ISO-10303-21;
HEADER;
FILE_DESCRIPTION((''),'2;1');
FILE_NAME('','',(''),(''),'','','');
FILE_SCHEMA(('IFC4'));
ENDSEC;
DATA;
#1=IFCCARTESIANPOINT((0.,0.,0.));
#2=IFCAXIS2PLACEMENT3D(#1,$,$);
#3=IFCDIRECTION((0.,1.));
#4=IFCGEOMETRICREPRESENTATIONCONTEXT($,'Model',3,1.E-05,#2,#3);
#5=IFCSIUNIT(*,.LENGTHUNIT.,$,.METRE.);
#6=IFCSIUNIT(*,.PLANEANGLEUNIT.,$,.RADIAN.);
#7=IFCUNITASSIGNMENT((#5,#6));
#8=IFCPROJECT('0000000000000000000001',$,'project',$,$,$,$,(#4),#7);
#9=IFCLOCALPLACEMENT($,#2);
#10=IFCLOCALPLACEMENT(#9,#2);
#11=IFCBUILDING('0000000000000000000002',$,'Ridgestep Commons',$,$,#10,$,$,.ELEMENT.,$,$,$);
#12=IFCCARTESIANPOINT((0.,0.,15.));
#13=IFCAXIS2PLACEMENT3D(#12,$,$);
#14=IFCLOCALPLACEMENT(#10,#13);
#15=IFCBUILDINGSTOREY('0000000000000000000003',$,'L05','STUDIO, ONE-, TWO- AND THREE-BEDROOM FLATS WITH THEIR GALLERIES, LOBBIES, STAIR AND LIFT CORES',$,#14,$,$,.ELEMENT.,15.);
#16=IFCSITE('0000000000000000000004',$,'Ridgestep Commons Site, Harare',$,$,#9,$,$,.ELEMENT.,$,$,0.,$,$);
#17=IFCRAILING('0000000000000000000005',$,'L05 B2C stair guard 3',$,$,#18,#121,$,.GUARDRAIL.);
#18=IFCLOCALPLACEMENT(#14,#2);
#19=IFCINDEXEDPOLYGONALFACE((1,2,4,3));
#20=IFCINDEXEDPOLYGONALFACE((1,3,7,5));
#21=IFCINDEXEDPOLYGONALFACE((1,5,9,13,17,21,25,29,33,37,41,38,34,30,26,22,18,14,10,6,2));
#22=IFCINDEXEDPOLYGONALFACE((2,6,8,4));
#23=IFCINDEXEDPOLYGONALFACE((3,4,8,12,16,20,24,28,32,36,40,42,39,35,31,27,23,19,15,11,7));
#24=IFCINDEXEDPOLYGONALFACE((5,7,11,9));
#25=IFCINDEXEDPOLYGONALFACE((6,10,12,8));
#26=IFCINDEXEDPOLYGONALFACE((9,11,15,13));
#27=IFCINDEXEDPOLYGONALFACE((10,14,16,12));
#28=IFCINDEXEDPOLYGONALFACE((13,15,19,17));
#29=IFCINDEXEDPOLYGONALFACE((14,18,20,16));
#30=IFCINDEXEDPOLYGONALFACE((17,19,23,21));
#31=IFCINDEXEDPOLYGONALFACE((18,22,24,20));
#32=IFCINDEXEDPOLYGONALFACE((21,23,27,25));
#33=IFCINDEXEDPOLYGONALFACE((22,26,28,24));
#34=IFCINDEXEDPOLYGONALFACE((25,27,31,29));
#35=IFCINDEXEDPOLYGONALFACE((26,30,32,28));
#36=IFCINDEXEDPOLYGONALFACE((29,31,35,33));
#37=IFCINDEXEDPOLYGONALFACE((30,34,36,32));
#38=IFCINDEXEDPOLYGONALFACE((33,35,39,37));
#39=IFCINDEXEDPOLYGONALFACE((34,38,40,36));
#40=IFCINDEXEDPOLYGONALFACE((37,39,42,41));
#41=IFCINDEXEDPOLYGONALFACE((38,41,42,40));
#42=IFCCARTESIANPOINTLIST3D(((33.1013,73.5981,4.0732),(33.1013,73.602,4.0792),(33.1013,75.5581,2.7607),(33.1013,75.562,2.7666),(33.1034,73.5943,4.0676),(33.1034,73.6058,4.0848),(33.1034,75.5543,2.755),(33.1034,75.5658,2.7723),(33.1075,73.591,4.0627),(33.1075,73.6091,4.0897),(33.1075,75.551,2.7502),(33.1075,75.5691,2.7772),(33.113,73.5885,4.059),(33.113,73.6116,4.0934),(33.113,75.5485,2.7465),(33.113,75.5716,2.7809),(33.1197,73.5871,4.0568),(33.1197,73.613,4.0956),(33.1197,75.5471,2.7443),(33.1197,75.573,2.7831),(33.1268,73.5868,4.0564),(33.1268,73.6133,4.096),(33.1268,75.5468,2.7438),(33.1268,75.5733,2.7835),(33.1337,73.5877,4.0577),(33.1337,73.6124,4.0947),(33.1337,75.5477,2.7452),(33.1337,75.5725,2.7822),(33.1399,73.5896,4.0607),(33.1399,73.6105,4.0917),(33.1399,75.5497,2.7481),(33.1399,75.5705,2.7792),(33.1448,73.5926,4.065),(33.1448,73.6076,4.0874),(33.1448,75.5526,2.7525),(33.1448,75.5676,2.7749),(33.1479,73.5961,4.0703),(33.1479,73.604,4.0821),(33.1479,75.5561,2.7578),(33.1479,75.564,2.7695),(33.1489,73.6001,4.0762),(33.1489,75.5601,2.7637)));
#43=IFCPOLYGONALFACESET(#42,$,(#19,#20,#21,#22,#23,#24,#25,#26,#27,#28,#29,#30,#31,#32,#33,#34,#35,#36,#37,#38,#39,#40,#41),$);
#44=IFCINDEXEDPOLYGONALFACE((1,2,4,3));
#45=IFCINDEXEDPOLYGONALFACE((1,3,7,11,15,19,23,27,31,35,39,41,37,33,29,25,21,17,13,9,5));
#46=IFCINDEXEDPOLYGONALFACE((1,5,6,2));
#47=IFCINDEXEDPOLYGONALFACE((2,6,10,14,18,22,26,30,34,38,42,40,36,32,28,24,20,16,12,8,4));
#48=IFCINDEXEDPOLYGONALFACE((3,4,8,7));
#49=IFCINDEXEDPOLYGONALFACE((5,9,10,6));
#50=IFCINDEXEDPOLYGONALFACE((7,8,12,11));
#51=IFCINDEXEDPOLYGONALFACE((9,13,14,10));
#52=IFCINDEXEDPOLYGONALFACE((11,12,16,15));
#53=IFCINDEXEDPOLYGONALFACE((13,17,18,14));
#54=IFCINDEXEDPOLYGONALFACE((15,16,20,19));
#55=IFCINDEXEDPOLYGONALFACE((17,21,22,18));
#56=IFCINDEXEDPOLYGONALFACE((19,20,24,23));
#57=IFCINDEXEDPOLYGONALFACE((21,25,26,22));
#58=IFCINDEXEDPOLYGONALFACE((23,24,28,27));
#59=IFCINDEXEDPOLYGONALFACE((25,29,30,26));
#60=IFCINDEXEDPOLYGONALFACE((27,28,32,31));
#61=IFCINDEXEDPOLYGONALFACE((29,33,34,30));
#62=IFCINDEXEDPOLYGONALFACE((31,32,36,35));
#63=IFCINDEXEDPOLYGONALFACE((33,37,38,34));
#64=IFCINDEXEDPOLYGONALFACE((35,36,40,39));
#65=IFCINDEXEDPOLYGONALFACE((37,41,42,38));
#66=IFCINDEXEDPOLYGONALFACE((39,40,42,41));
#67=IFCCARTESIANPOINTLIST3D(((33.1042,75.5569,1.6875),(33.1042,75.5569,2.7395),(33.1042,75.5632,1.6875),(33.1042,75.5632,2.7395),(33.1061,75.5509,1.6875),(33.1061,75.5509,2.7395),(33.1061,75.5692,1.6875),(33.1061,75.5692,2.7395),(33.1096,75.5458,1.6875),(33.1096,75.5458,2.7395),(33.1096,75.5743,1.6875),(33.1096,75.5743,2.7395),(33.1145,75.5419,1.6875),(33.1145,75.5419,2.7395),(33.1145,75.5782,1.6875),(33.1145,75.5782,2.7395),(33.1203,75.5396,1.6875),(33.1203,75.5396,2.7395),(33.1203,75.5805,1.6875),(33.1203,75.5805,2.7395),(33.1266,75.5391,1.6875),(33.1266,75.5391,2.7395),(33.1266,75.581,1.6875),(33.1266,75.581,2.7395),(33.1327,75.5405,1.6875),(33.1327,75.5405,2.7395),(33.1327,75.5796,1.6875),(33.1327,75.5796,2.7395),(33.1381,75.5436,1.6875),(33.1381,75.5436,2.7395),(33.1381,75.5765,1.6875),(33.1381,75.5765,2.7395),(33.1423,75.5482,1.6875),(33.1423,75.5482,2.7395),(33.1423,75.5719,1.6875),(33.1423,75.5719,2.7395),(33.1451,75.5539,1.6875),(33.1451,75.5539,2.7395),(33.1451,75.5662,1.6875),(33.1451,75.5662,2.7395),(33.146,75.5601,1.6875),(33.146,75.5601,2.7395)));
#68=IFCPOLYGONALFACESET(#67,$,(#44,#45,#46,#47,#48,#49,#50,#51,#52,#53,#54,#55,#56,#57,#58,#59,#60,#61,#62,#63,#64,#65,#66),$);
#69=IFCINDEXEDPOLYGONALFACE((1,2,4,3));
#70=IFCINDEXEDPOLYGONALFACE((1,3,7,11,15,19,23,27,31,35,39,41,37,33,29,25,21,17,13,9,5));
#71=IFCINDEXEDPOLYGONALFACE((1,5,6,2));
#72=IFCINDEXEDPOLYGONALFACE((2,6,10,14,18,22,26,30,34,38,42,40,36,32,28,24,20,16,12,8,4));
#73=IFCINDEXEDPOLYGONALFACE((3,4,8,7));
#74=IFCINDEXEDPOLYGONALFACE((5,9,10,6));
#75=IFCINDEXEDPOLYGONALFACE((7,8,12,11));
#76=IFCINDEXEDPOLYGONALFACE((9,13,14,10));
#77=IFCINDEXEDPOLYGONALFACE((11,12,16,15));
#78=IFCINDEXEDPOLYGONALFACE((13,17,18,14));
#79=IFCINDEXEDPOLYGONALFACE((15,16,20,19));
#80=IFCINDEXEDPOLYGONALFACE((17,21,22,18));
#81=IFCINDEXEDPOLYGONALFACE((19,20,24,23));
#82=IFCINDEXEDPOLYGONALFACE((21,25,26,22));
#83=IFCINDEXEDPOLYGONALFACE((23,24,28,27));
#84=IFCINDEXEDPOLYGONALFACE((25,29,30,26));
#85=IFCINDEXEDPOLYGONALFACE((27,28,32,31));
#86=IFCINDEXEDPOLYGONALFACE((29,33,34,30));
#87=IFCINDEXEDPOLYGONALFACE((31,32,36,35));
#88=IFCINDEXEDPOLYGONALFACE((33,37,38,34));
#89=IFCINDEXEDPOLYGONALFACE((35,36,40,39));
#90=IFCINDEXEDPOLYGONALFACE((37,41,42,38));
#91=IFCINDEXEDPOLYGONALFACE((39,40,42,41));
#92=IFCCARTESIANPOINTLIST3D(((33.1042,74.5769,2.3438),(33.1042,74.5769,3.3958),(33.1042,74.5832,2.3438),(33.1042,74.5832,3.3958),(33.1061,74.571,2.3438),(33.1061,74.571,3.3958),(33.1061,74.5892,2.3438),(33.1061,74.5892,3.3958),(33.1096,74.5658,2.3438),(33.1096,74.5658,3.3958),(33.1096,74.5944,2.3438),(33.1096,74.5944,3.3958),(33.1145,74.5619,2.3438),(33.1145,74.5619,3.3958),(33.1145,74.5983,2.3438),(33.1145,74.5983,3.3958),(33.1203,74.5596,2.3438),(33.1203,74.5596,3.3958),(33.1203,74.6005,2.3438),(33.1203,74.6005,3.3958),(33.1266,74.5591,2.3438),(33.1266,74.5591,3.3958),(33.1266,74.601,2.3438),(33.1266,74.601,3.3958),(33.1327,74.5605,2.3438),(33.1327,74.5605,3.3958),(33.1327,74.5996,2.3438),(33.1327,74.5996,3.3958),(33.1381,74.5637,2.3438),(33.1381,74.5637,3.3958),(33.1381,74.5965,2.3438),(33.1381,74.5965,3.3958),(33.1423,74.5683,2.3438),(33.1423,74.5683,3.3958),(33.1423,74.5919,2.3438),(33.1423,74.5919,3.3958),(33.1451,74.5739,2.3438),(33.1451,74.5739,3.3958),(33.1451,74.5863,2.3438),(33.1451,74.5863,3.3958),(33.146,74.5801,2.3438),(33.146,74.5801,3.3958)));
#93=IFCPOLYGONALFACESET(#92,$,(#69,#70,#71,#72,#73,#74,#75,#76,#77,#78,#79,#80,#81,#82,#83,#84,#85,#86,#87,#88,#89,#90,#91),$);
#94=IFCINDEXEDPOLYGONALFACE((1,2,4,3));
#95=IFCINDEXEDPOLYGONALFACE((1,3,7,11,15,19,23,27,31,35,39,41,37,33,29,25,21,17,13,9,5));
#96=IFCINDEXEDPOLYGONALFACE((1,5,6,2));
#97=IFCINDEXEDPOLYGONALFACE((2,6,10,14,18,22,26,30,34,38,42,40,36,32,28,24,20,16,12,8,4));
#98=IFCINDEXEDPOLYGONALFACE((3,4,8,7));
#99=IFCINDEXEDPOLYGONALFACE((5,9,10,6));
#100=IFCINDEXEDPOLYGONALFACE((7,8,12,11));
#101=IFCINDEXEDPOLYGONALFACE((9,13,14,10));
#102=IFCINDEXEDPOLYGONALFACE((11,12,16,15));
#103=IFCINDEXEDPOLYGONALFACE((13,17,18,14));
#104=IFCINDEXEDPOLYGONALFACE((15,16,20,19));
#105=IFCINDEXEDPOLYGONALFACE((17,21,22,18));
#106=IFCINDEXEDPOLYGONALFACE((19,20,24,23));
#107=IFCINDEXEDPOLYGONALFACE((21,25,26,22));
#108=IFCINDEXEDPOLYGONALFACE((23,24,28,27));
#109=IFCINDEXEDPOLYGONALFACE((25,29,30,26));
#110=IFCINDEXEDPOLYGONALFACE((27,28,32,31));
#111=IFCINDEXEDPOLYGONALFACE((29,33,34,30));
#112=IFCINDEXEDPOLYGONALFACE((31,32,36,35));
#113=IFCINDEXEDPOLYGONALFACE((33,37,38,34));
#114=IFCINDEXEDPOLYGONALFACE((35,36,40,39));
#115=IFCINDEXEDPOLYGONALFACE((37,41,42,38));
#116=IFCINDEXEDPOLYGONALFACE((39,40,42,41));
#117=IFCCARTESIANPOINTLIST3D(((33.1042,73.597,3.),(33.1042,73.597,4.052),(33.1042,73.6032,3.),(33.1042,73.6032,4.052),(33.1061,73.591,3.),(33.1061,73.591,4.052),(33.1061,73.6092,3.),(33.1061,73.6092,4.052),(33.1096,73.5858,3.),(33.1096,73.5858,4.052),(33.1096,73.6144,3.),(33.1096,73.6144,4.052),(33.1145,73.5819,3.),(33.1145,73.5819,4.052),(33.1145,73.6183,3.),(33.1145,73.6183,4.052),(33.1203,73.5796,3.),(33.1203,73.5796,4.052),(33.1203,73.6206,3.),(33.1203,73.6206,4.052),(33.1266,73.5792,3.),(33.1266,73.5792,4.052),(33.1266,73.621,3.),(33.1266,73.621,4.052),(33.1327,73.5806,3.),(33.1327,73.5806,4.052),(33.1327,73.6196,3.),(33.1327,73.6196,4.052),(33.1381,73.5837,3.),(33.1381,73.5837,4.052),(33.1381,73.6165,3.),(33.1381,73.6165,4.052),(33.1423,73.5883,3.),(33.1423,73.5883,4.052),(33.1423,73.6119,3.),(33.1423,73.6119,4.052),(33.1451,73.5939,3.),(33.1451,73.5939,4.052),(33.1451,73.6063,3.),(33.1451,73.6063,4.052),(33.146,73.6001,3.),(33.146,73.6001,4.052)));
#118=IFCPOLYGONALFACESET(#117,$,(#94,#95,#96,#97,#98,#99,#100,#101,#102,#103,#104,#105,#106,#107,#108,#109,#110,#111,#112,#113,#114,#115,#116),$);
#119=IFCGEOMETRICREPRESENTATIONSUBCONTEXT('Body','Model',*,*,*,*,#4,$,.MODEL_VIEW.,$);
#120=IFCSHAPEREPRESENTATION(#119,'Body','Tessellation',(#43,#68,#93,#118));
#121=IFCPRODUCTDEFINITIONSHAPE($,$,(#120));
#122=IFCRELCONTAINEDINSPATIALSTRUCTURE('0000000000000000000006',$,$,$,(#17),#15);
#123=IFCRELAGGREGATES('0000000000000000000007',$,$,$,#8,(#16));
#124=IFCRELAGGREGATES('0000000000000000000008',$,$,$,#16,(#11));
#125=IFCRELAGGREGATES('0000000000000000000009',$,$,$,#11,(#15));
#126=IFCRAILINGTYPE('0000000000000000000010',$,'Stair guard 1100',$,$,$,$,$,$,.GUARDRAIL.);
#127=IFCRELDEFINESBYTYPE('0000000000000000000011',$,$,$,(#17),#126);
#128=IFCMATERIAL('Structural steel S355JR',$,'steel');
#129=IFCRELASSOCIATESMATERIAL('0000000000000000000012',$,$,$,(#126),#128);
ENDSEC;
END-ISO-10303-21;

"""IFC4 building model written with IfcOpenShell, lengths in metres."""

from ifc_helpers import new_model, si_unit, direction, frame, origin, origin_2d, place, context, subcontext, project, spatial, circle, extrude, material, type_object, element, save


model = new_model("IFC4")

# Units and contexts
model_context = context("Model", 3, precision=1e-05, world=origin(), true_north=direction((0.0, 1.0)))
body_context = subcontext(model_context, "Body", "Model", "MODEL_VIEW")
ifc_project = project(units=[si_unit("LENGTHUNIT", "METRE"), si_unit("PLANEANGLEUNIT", "RADIAN")], contexts=[model_context])

# Site, building, storey
site_placement = place(None, origin())
site = spatial("IfcSite", under=ifc_project, at=site_placement, Name="Ridgestep Commons Site, Harare", CompositionType="ELEMENT", RefElevation=0.0)
building_placement = place(site_placement, origin())
building = spatial("IfcBuilding", under=site, at=building_placement, Name="Ridgestep Commons", CompositionType="ELEMENT")
storey_placement = place(building_placement, frame((0.0, 0.0, 15.0)))
storey = spatial("IfcBuildingStorey", under=building, at=storey_placement, Name="L05", Description="STUDIO, ONE-, TWO- AND THREE-BEDROOM FLATS WITH THEIR GALLERIES, LOBBIES, STAIR AND LIFT CORES", CompositionType="ELEMENT", Elevation=15.0)

# Railing
ifc_material_1 = material(Name="Structural steel S355JR", Category="steel")
railing_type = type_object("IfcRailingType", Name="Stair guard 1100", PredefinedType="GUARDRAIL", material=ifc_material_1)
railing_1_placement = place(storey_placement, frame((33.125, 75.5601, 1.6875)))
element("IfcRailing", 1, at=railing_1_placement, inside=storey, type_object=railing_type, Name="L05 B2C stair guard 3", PredefinedType="GUARDRAIL", context=body_context, shape_type="SweptSolid", body=[
    extrude(circle(Radius=0.0239, at=origin_2d()), frame((0.0, 0.0, 1.0762), z_axis=(0.0, -0.830902, 0.556419), x_axis=(1.0, 0.0, 0.0)), (0.0, 0.0, 1.0), 2.3589),
    extrude(circle(Radius=0.021, at=origin_2d()), origin(), (0.0, 0.0, 1.0), 1.052),
    extrude(circle(Radius=0.021, at=origin_2d()), frame((0.0, -0.98, 0.6562)), (0.0, 0.0, 1.0), 1.052),
    extrude(circle(Radius=0.021, at=origin_2d()), frame((0.0, -1.96, 1.3125)), (0.0, 0.0, 1.0), 1.052),
])

save(model, "model.ifc")
